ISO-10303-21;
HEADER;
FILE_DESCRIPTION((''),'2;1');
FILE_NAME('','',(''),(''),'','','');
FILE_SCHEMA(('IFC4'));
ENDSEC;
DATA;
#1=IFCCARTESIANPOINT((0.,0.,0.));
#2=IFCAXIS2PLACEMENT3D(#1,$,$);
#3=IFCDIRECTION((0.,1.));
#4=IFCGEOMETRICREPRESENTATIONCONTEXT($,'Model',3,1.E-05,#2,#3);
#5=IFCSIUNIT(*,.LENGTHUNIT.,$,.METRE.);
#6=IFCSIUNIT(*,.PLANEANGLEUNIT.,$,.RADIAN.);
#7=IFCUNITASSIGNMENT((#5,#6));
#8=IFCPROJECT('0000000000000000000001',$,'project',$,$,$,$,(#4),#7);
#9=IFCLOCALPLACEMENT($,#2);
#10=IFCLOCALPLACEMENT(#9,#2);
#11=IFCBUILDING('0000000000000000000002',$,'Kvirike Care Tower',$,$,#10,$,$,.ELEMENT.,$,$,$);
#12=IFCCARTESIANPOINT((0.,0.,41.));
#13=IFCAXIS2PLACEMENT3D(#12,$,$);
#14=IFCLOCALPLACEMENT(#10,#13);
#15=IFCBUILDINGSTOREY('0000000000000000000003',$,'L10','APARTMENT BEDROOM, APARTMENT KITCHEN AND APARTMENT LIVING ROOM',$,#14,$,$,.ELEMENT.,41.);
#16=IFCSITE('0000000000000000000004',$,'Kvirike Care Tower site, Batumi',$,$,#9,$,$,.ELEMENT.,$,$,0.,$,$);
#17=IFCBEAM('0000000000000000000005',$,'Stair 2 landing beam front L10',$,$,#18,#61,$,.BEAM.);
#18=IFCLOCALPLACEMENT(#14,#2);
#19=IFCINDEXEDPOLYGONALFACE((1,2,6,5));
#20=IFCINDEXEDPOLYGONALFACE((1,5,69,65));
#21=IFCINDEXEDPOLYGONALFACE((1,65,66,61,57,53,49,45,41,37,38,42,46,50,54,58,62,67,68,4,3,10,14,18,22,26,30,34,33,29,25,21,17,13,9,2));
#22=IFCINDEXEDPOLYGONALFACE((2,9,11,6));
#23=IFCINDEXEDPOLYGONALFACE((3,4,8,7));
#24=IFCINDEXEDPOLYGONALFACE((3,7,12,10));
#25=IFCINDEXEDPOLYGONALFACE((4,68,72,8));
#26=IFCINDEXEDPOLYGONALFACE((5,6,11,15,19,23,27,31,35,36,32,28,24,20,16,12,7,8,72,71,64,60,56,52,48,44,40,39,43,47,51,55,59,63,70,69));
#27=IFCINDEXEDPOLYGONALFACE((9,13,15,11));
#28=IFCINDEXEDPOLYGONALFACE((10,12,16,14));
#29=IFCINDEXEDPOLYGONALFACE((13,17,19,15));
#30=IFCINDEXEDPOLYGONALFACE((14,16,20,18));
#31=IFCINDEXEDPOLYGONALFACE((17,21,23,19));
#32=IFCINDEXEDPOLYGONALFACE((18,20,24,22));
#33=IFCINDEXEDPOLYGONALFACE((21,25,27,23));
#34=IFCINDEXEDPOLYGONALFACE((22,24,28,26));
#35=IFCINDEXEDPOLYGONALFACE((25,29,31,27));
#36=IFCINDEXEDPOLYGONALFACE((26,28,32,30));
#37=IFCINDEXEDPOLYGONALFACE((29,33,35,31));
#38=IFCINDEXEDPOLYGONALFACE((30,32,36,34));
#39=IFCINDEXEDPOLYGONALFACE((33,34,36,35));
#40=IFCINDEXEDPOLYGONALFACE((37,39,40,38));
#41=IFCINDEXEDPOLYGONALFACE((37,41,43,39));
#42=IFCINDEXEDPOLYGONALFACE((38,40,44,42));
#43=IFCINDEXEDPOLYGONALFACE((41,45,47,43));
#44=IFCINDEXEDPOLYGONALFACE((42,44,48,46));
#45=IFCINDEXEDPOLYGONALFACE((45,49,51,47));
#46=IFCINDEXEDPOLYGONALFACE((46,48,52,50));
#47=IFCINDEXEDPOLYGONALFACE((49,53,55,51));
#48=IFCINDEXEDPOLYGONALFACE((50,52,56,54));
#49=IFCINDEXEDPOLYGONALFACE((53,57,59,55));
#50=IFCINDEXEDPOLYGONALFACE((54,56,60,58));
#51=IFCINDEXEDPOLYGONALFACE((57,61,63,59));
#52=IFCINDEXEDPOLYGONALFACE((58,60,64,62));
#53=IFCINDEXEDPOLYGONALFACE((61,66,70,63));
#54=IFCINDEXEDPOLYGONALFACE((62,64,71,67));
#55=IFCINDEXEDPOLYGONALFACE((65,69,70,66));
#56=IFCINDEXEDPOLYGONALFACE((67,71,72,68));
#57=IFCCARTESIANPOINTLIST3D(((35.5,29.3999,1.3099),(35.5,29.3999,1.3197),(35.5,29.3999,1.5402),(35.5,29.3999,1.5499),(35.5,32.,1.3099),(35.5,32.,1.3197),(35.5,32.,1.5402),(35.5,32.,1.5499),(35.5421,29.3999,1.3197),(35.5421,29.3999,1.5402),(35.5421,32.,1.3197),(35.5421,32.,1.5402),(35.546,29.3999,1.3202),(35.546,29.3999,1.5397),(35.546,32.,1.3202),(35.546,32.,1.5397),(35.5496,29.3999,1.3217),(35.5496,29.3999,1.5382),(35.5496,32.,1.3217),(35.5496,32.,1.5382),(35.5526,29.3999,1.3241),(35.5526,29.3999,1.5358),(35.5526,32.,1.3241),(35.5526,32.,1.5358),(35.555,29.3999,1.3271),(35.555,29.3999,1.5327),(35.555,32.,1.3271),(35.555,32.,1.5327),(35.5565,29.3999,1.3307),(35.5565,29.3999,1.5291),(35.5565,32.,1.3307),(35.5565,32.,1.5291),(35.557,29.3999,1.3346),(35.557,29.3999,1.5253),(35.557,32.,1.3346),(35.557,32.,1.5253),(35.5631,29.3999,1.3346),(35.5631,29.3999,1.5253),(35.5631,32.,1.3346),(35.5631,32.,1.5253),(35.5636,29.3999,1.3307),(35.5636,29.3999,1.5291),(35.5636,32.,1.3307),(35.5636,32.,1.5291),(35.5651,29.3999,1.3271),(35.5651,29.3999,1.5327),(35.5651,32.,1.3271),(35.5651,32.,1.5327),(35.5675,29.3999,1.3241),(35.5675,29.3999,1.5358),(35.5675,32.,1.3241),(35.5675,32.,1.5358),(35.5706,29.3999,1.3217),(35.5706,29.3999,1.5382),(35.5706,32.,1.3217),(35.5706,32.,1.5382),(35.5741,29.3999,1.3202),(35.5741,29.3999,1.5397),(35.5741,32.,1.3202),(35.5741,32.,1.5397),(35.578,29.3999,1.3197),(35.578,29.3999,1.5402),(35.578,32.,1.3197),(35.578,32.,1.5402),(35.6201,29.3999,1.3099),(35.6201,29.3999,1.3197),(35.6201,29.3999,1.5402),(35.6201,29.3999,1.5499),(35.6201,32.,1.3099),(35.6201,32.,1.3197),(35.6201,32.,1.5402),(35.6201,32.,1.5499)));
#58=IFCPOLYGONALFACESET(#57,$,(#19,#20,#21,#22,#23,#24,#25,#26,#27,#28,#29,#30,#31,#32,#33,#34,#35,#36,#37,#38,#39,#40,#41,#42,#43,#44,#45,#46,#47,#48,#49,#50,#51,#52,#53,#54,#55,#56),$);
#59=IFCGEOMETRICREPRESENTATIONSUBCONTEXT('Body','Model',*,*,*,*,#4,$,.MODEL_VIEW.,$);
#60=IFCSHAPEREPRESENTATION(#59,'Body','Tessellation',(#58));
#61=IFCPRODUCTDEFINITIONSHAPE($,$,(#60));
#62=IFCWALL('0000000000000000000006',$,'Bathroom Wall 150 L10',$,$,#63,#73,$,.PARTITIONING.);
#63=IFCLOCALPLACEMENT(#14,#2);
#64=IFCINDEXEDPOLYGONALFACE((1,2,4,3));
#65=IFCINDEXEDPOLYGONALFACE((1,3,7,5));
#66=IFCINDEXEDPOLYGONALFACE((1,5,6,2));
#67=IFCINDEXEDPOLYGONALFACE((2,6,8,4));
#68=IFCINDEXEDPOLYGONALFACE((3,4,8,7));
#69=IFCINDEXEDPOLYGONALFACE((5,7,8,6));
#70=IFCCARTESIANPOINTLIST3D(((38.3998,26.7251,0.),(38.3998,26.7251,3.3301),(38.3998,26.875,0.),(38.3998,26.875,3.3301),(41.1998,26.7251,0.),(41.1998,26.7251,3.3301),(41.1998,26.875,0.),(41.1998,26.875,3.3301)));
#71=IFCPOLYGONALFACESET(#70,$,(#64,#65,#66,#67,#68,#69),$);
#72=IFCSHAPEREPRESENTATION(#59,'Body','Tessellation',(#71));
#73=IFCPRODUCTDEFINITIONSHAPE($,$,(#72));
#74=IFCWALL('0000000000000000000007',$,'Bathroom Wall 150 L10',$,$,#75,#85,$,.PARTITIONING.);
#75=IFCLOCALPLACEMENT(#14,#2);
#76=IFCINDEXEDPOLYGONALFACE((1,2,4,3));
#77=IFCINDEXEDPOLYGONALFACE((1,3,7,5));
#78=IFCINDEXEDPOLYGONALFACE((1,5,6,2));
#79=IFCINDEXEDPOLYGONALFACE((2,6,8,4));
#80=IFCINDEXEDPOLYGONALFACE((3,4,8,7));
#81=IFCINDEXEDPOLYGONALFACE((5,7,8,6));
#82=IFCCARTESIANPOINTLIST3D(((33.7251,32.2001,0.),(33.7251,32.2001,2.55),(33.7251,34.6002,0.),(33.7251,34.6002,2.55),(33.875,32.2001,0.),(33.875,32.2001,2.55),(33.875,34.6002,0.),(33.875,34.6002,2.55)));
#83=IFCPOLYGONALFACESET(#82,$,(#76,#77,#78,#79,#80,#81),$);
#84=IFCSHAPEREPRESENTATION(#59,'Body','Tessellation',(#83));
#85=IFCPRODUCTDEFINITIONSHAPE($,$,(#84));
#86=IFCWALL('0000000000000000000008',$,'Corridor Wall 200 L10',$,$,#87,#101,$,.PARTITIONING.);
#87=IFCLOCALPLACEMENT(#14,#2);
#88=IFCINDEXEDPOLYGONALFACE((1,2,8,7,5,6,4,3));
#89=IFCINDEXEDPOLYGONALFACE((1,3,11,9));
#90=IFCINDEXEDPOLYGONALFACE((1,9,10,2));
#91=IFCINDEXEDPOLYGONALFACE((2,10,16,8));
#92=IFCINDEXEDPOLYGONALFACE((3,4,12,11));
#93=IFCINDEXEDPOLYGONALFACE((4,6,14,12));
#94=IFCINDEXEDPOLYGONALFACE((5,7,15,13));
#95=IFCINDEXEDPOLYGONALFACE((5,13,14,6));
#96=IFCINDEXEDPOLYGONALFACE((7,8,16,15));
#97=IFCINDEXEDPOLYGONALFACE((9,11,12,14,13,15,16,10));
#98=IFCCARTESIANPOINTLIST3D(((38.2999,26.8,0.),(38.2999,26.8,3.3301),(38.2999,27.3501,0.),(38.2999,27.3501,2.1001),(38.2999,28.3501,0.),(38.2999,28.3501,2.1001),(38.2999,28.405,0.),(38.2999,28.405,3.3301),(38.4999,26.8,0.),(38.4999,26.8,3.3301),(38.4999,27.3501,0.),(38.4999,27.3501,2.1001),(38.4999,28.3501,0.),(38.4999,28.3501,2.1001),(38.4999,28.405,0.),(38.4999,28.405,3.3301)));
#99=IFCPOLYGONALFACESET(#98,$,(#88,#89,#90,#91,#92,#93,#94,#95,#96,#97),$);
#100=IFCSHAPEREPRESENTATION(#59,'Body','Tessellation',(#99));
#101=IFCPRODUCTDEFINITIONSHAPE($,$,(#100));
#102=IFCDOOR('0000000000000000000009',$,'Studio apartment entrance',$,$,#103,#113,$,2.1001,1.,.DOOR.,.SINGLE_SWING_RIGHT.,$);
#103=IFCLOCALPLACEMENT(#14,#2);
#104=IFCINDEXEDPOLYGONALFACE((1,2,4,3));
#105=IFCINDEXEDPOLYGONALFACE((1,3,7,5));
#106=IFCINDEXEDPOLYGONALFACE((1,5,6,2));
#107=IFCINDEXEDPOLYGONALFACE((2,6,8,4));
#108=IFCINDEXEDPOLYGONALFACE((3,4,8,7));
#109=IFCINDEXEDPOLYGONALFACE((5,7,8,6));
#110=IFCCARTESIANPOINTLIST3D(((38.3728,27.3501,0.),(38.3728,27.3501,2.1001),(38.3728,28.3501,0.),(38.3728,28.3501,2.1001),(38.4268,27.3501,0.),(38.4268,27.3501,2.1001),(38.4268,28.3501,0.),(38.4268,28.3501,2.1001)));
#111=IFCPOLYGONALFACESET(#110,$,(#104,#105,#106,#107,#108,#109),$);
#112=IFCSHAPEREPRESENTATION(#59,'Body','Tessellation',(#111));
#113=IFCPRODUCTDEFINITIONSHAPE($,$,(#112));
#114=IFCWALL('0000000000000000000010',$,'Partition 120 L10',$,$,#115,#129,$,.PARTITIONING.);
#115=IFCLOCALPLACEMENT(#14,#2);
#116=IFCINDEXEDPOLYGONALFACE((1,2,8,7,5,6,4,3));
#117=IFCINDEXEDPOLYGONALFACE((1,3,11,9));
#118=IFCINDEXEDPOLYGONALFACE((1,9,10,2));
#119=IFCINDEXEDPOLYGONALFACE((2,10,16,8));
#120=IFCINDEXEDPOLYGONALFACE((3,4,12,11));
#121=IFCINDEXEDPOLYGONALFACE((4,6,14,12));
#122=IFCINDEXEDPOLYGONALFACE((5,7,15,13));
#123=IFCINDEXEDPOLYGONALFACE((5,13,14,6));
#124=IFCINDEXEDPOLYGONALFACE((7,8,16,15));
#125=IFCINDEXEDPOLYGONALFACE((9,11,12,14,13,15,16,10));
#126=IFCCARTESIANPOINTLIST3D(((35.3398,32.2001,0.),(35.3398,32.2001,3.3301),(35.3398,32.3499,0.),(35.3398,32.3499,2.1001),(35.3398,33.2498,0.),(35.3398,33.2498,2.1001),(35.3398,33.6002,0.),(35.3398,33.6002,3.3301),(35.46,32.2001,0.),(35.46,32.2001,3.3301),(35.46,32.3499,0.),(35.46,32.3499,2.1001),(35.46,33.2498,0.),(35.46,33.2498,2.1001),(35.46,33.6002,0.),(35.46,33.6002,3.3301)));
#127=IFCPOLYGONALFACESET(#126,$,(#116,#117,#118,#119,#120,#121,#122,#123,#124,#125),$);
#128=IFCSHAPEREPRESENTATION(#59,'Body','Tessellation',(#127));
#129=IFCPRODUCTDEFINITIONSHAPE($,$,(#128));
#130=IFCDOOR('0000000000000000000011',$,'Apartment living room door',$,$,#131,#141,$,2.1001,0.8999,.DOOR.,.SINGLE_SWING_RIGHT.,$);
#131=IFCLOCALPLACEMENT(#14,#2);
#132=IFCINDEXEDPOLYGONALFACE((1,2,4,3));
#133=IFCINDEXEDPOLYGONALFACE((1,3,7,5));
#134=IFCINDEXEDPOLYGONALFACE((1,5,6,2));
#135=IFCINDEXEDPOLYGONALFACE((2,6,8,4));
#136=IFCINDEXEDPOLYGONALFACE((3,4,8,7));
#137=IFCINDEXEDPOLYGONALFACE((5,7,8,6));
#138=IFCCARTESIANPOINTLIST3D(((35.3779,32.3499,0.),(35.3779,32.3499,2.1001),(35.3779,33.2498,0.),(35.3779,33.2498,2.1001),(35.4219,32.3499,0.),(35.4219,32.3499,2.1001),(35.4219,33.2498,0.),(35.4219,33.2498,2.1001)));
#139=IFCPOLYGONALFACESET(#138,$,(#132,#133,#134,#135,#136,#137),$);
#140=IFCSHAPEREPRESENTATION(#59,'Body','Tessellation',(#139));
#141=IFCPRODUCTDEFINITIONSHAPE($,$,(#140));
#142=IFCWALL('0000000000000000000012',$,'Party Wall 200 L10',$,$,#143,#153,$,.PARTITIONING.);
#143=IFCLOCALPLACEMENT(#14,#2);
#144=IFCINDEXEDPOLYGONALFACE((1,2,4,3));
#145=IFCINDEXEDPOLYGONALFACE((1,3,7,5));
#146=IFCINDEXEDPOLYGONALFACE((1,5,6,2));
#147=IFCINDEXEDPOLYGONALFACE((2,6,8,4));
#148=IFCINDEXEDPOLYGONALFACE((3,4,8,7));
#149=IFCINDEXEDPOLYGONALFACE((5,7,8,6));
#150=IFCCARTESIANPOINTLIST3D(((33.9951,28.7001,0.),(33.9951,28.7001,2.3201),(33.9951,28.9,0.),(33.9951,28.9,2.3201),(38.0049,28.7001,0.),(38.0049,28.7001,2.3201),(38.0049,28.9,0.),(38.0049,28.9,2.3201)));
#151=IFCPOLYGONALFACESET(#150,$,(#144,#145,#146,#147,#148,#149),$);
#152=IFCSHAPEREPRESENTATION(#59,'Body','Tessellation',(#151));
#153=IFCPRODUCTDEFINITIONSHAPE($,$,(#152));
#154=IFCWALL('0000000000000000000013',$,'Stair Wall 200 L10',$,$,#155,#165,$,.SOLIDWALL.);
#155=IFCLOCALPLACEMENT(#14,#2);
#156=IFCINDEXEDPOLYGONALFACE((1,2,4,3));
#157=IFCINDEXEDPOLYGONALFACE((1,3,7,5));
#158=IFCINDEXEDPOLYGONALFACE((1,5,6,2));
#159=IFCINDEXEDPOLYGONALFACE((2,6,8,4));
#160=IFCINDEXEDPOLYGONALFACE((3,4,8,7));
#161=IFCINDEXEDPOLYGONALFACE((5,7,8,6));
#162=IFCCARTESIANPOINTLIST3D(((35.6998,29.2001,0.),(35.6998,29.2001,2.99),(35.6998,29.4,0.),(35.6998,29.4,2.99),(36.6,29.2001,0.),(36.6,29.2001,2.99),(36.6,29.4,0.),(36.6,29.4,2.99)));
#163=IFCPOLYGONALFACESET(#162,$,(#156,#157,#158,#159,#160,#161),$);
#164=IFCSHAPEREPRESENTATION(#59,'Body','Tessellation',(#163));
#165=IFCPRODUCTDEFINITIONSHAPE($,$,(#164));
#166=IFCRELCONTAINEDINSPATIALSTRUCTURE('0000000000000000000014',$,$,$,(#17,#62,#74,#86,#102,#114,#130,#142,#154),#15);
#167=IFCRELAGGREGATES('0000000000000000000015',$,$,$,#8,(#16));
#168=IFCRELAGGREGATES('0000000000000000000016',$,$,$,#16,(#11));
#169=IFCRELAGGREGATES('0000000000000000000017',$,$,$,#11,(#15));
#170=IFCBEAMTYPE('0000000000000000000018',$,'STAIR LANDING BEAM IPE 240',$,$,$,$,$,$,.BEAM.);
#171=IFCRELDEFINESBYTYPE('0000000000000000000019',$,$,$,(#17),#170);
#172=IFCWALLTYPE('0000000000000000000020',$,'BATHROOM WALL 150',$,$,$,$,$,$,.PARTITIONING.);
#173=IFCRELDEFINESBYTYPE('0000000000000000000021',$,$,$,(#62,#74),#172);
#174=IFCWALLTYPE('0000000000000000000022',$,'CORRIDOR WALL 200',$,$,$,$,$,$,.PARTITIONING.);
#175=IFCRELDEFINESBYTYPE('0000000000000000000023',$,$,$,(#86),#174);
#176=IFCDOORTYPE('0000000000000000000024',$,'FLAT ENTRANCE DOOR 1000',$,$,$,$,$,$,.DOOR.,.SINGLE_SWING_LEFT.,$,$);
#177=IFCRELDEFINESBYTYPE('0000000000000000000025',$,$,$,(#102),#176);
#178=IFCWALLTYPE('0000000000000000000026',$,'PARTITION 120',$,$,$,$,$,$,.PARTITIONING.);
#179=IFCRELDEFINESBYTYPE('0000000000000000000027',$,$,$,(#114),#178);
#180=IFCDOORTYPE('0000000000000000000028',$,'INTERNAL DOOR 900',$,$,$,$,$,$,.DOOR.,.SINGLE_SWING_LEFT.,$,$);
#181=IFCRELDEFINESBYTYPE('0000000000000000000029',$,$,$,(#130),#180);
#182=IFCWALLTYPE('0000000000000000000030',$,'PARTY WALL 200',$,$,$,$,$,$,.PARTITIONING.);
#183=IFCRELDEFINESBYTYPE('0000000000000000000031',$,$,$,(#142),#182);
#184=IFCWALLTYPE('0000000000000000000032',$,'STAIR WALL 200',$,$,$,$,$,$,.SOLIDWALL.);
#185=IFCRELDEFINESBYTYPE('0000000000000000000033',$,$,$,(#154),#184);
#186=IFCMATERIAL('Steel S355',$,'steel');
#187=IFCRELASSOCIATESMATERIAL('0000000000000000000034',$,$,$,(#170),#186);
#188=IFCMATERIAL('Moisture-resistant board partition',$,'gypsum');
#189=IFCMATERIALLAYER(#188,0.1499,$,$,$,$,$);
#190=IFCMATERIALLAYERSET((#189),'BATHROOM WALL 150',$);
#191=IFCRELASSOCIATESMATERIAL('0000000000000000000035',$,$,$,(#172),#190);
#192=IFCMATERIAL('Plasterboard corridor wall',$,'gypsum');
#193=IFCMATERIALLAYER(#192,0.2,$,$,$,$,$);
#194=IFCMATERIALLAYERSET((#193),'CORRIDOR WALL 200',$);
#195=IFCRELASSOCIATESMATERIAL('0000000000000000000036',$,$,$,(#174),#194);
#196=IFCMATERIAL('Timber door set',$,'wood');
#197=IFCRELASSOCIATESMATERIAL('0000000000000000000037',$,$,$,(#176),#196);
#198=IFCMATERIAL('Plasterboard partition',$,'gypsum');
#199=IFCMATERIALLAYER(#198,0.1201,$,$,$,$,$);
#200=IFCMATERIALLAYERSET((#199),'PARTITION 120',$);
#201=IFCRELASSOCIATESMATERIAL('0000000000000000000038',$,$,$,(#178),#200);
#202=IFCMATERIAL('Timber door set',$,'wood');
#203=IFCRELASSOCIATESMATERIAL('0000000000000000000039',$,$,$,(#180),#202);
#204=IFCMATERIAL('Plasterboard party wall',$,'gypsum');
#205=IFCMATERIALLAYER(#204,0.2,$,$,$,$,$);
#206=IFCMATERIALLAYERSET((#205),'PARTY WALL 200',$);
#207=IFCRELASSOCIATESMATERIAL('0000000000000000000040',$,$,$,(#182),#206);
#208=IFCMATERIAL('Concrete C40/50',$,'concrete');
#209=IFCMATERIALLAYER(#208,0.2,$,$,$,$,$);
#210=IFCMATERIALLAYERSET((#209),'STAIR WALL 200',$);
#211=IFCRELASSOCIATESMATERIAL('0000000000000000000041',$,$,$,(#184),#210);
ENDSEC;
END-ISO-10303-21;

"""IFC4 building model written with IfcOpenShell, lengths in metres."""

from ifc_helpers import new_model, si_unit, direction, frame, frame_2d, origin, origin_2d, place, context, subcontext, project, spatial, rectangle, i_section, extrude, material, layer, layer_set, material_profile, profile_set, type_object, element, fill, save


model = new_model("IFC4")

# Units and contexts
model_context = context("Model", 3, precision=1e-05, world=origin(), true_north=direction((0.0, 1.0)))
body_context = subcontext(model_context, "Body", "Model", "MODEL_VIEW")
ifc_project = project(units=[si_unit("LENGTHUNIT", "METRE"), si_unit("PLANEANGLEUNIT", "RADIAN")], contexts=[model_context])

# Site, building, storey
site_placement = place(None, origin())
site = spatial("IfcSite", under=ifc_project, at=site_placement, Name="Kvirike Care Tower site, Batumi", CompositionType="ELEMENT", RefElevation=0.0)
building_placement = place(site_placement, origin())
building = spatial("IfcBuilding", under=site, at=building_placement, Name="Kvirike Care Tower", CompositionType="ELEMENT")
storey_placement = place(building_placement, frame((0.0, 0.0, 41.0)))
storey = spatial("IfcBuildingStorey", under=building, at=storey_placement, Name="L10", Description="APARTMENT BEDROOM, APARTMENT KITCHEN AND APARTMENT LIVING ROOM", CompositionType="ELEMENT", Elevation=41.0)

# Beam
ifc_material_1 = material(Name="Steel S355", Category="steel")
ifc_material_profile_1 = material_profile(ifc_material_1, i_section(OverallWidth=0.1201, OverallDepth=0.24, WebThickness=0.0061, FlangeThickness=0.0098, FilletRadius=0.0149, at=origin_2d()), Name="IPE 240")
ifc_profile_set_1 = profile_set([ifc_material_profile_1], Name="Steel S355")
beam_type_1 = type_object("IfcBeamType", Name="STAIR LANDING BEAM IPE 240", PredefinedType="BEAM", material=ifc_profile_set_1)
for number, where, z_axis, x_axis, name in (
    (1, (35.5601, 29.3999, 1.4299), (0.0, 1.0, 0.0), (-1.0, 0.0, 0.0), "Stair 2 landing beam front L10"),
):
    element("IfcBeam", number, at=place(storey_placement, frame(where, z_axis=z_axis, x_axis=x_axis)), inside=storey, type_object=beam_type_1, Name=name, PredefinedType="BEAM", context=body_context, shape_type="SweptSolid", body=[
        extrude(i_section(OverallWidth=0.1201, OverallDepth=0.24, WebThickness=0.0061, FlangeThickness=0.0098, FilletRadius=0.0149, at=origin_2d()), origin(), (0.0, 0.0, 1.0), 2.6001),
    ])

# Walls
ifc_material_2 = material(Name="Moisture-resistant board partition", Category="gypsum")
ifc_layer_1 = layer(ifc_material_2, 0.1499)
ifc_layer_set_1 = layer_set([ifc_layer_1], Name="BATHROOM WALL 150")
wall_type_1 = type_object("IfcWallType", Name="BATHROOM WALL 150", PredefinedType="PARTITIONING", material=ifc_layer_set_1)
wall_1_placement = place(storey_placement, frame((38.3999, 26.8, 0.0), z_axis=(0.0, 0.0, 1.0), x_axis=(1.0, 0.0, 0.0)))
element("IfcWall", 2, at=wall_1_placement, inside=storey, type_object=wall_type_1, Name="Bathroom Wall 150 L10", PredefinedType="PARTITIONING", context=body_context, shape_type="SweptSolid", body=[
    extrude(rectangle(XDim=2.8, YDim=0.1499, at=frame_2d((1.3999, 0.0))), origin(), (0.0, 0.0, 1.0), 3.3301),
])
wall_2_placement = place(storey_placement, frame((33.8, 32.2, 0.0), z_axis=(0.0, 0.0, 1.0), x_axis=(0.0, 1.0, 0.0)))
element("IfcWall", 3, at=wall_2_placement, inside=storey, type_object=wall_type_1, Name="Bathroom Wall 150 L10", PredefinedType="PARTITIONING", context=body_context, shape_type="SweptSolid", body=[
    extrude(rectangle(XDim=2.4001, YDim=0.1499, at=frame_2d((1.2002, 0.0))), origin(), (0.0, 0.0, 1.0), 2.55),
])

# Walls, openings, doors
ifc_material_3 = material(Name="Plasterboard corridor wall", Category="gypsum")
ifc_layer_2 = layer(ifc_material_3, 0.2)
ifc_layer_set_2 = layer_set([ifc_layer_2], Name="CORRIDOR WALL 200")
wall_type_2 = type_object("IfcWallType", Name="CORRIDOR WALL 200", PredefinedType="PARTITIONING", material=ifc_layer_set_2)
wall_3_placement = place(storey_placement, frame((38.3999, 26.8, 0.0), z_axis=(0.0, 0.0, 1.0), x_axis=(0.0, 1.0, 0.0)))
wall_3 = element("IfcWall", 4, at=wall_3_placement, inside=storey, type_object=wall_type_2, Name="Corridor Wall 200 L10", PredefinedType="PARTITIONING", context=body_context, shape_type="SweptSolid", body=[
    extrude(rectangle(XDim=1.605, YDim=0.2, at=frame_2d((0.8025, 0.0))), origin(), (0.0, 0.0, 1.0), 3.3301),
])
opening_1_placement = place(wall_3_placement, frame((0.55, 0.0, 0.0)))
opening_1 = element("IfcOpeningElement", 5, at=opening_1_placement, cuts=wall_3, PredefinedType="OPENING", context=body_context, shape_type="SweptSolid", body=[
    extrude(rectangle(XDim=1.0, YDim=2.1001, at=frame_2d((0.5, 1.05))), frame((0.0, 0.1106, 0.0), z_axis=(0.0, -1.0, 0.0), x_axis=(1.0, 0.0, 0.0)), (0.0, 0.0, 1.0), 0.2209),
])
ifc_material_4 = material(Name="Timber door set", Category="wood")
door_type_1 = type_object("IfcDoorType", Name="FLAT ENTRANCE DOOR 1000", OperationType="SINGLE_SWING_LEFT", PredefinedType="DOOR", material=ifc_material_4)
door_1_placement = place(opening_1_placement, frame((1.0, 0.0, 0.0), z_axis=(0.0, 0.0, 1.0), x_axis=(-1.0, 0.0, 0.0)))
door_1 = element("IfcDoor", 6, at=door_1_placement, inside=storey, type_object=door_type_1, Name="Studio apartment entrance", OperationType="SINGLE_SWING_RIGHT", OverallHeight=2.1001, OverallWidth=1.0, PredefinedType="DOOR", context=body_context, shape_type="SweptSolid", body=[
    extrude(rectangle(XDim=1.0, YDim=2.1001, at=frame_2d((0.5, 1.05))), frame((0.0, 0.0269, 0.0), z_axis=(0.0, -1.0, 0.0), x_axis=(1.0, 0.0, 0.0)), (0.0, 0.0, 1.0), 0.054),
])
fill(opening_1, door_1)
ifc_material_5 = material(Name="Plasterboard partition", Category="gypsum")
ifc_layer_3 = layer(ifc_material_5, 0.1201)
ifc_layer_set_3 = layer_set([ifc_layer_3], Name="PARTITION 120")
wall_type_3 = type_object("IfcWallType", Name="PARTITION 120", PredefinedType="PARTITIONING", material=ifc_layer_set_3)
wall_4_placement = place(storey_placement, frame((35.3999, 32.2, 0.0), z_axis=(0.0, 0.0, 1.0), x_axis=(0.0, 1.0, 0.0)))
wall_4 = element("IfcWall", 7, at=wall_4_placement, inside=storey, type_object=wall_type_3, Name="Partition 120 L10", PredefinedType="PARTITIONING", context=body_context, shape_type="SweptSolid", body=[
    extrude(rectangle(XDim=1.4001, YDim=0.1201, at=frame_2d((0.7002, 0.0))), origin(), (0.0, 0.0, 1.0), 3.3301),
])
opening_2_placement = place(wall_4_placement, frame((0.1499, 0.0, 0.0)))
opening_2 = element("IfcOpeningElement", 8, at=opening_2_placement, cuts=wall_4, PredefinedType="OPENING", context=body_context, shape_type="SweptSolid", body=[
    extrude(rectangle(XDim=0.8999, YDim=2.1001, at=frame_2d((0.45, 1.05))), frame((0.0, 0.0706, 0.0), z_axis=(0.0, -1.0, 0.0), x_axis=(1.0, 0.0, 0.0)), (0.0, 0.0, 1.0), 0.1411),
])
ifc_material_6 = material(Name="Timber door set", Category="wood")
door_type_2 = type_object("IfcDoorType", Name="INTERNAL DOOR 900", OperationType="SINGLE_SWING_LEFT", PredefinedType="DOOR", material=ifc_material_6)
door_2_placement = place(opening_2_placement, origin())
door_2 = element("IfcDoor", 9, at=door_2_placement, inside=storey, type_object=door_type_2, Name="Apartment living room door", OperationType="SINGLE_SWING_RIGHT", OverallHeight=2.1001, OverallWidth=0.8999, PredefinedType="DOOR", context=body_context, shape_type="SweptSolid", body=[
    extrude(rectangle(XDim=0.8999, YDim=2.1001, at=frame_2d((0.45, 1.05))), frame((0.0, 0.022, 0.0), z_axis=(0.0, -1.0, 0.0), x_axis=(1.0, 0.0, 0.0)), (0.0, 0.0, 1.0), 0.0439),
])
fill(opening_2, door_2)

# Walls
ifc_material_7 = material(Name="Plasterboard party wall", Category="gypsum")
ifc_layer_4 = layer(ifc_material_7, 0.2)
ifc_layer_set_4 = layer_set([ifc_layer_4], Name="PARTY WALL 200")
wall_type_4 = type_object("IfcWallType", Name="PARTY WALL 200", PredefinedType="PARTITIONING", material=ifc_layer_set_4)
wall_5_placement = place(storey_placement, frame((38.0049, 28.8, 0.0), z_axis=(0.0, 0.0, 1.0), x_axis=(-1.0, 0.0, 0.0)))
element("IfcWall", 10, at=wall_5_placement, inside=storey, type_object=wall_type_4, Name="Party Wall 200 L10", PredefinedType="PARTITIONING", context=body_context, shape_type="SweptSolid", body=[
    extrude(rectangle(XDim=4.0098, YDim=0.2, at=frame_2d((2.0049, 0.0))), origin(), (0.0, 0.0, 1.0), 2.3201),
])
ifc_material_8 = material(Name="Concrete C40/50", Category="concrete")
ifc_layer_5 = layer(ifc_material_8, 0.2)
ifc_layer_set_5 = layer_set([ifc_layer_5], Name="STAIR WALL 200")
wall_type_5 = type_object("IfcWallType", Name="STAIR WALL 200", PredefinedType="SOLIDWALL", material=ifc_layer_set_5)
wall_6_placement = place(storey_placement, frame((36.6001, 29.3, 0.0), z_axis=(0.0, 0.0, 1.0), x_axis=(-1.0, 0.0, 0.0)))
element("IfcWall", 11, at=wall_6_placement, inside=storey, type_object=wall_type_5, Name="Stair Wall 200 L10", PredefinedType="SOLIDWALL", context=body_context, shape_type="SweptSolid", body=[
    extrude(rectangle(XDim=0.9001, YDim=0.2, at=frame_2d((0.4502, 0.0))), origin(), (0.0, 0.0, 1.0), 2.99),
])

save(model, "model.ifc")
